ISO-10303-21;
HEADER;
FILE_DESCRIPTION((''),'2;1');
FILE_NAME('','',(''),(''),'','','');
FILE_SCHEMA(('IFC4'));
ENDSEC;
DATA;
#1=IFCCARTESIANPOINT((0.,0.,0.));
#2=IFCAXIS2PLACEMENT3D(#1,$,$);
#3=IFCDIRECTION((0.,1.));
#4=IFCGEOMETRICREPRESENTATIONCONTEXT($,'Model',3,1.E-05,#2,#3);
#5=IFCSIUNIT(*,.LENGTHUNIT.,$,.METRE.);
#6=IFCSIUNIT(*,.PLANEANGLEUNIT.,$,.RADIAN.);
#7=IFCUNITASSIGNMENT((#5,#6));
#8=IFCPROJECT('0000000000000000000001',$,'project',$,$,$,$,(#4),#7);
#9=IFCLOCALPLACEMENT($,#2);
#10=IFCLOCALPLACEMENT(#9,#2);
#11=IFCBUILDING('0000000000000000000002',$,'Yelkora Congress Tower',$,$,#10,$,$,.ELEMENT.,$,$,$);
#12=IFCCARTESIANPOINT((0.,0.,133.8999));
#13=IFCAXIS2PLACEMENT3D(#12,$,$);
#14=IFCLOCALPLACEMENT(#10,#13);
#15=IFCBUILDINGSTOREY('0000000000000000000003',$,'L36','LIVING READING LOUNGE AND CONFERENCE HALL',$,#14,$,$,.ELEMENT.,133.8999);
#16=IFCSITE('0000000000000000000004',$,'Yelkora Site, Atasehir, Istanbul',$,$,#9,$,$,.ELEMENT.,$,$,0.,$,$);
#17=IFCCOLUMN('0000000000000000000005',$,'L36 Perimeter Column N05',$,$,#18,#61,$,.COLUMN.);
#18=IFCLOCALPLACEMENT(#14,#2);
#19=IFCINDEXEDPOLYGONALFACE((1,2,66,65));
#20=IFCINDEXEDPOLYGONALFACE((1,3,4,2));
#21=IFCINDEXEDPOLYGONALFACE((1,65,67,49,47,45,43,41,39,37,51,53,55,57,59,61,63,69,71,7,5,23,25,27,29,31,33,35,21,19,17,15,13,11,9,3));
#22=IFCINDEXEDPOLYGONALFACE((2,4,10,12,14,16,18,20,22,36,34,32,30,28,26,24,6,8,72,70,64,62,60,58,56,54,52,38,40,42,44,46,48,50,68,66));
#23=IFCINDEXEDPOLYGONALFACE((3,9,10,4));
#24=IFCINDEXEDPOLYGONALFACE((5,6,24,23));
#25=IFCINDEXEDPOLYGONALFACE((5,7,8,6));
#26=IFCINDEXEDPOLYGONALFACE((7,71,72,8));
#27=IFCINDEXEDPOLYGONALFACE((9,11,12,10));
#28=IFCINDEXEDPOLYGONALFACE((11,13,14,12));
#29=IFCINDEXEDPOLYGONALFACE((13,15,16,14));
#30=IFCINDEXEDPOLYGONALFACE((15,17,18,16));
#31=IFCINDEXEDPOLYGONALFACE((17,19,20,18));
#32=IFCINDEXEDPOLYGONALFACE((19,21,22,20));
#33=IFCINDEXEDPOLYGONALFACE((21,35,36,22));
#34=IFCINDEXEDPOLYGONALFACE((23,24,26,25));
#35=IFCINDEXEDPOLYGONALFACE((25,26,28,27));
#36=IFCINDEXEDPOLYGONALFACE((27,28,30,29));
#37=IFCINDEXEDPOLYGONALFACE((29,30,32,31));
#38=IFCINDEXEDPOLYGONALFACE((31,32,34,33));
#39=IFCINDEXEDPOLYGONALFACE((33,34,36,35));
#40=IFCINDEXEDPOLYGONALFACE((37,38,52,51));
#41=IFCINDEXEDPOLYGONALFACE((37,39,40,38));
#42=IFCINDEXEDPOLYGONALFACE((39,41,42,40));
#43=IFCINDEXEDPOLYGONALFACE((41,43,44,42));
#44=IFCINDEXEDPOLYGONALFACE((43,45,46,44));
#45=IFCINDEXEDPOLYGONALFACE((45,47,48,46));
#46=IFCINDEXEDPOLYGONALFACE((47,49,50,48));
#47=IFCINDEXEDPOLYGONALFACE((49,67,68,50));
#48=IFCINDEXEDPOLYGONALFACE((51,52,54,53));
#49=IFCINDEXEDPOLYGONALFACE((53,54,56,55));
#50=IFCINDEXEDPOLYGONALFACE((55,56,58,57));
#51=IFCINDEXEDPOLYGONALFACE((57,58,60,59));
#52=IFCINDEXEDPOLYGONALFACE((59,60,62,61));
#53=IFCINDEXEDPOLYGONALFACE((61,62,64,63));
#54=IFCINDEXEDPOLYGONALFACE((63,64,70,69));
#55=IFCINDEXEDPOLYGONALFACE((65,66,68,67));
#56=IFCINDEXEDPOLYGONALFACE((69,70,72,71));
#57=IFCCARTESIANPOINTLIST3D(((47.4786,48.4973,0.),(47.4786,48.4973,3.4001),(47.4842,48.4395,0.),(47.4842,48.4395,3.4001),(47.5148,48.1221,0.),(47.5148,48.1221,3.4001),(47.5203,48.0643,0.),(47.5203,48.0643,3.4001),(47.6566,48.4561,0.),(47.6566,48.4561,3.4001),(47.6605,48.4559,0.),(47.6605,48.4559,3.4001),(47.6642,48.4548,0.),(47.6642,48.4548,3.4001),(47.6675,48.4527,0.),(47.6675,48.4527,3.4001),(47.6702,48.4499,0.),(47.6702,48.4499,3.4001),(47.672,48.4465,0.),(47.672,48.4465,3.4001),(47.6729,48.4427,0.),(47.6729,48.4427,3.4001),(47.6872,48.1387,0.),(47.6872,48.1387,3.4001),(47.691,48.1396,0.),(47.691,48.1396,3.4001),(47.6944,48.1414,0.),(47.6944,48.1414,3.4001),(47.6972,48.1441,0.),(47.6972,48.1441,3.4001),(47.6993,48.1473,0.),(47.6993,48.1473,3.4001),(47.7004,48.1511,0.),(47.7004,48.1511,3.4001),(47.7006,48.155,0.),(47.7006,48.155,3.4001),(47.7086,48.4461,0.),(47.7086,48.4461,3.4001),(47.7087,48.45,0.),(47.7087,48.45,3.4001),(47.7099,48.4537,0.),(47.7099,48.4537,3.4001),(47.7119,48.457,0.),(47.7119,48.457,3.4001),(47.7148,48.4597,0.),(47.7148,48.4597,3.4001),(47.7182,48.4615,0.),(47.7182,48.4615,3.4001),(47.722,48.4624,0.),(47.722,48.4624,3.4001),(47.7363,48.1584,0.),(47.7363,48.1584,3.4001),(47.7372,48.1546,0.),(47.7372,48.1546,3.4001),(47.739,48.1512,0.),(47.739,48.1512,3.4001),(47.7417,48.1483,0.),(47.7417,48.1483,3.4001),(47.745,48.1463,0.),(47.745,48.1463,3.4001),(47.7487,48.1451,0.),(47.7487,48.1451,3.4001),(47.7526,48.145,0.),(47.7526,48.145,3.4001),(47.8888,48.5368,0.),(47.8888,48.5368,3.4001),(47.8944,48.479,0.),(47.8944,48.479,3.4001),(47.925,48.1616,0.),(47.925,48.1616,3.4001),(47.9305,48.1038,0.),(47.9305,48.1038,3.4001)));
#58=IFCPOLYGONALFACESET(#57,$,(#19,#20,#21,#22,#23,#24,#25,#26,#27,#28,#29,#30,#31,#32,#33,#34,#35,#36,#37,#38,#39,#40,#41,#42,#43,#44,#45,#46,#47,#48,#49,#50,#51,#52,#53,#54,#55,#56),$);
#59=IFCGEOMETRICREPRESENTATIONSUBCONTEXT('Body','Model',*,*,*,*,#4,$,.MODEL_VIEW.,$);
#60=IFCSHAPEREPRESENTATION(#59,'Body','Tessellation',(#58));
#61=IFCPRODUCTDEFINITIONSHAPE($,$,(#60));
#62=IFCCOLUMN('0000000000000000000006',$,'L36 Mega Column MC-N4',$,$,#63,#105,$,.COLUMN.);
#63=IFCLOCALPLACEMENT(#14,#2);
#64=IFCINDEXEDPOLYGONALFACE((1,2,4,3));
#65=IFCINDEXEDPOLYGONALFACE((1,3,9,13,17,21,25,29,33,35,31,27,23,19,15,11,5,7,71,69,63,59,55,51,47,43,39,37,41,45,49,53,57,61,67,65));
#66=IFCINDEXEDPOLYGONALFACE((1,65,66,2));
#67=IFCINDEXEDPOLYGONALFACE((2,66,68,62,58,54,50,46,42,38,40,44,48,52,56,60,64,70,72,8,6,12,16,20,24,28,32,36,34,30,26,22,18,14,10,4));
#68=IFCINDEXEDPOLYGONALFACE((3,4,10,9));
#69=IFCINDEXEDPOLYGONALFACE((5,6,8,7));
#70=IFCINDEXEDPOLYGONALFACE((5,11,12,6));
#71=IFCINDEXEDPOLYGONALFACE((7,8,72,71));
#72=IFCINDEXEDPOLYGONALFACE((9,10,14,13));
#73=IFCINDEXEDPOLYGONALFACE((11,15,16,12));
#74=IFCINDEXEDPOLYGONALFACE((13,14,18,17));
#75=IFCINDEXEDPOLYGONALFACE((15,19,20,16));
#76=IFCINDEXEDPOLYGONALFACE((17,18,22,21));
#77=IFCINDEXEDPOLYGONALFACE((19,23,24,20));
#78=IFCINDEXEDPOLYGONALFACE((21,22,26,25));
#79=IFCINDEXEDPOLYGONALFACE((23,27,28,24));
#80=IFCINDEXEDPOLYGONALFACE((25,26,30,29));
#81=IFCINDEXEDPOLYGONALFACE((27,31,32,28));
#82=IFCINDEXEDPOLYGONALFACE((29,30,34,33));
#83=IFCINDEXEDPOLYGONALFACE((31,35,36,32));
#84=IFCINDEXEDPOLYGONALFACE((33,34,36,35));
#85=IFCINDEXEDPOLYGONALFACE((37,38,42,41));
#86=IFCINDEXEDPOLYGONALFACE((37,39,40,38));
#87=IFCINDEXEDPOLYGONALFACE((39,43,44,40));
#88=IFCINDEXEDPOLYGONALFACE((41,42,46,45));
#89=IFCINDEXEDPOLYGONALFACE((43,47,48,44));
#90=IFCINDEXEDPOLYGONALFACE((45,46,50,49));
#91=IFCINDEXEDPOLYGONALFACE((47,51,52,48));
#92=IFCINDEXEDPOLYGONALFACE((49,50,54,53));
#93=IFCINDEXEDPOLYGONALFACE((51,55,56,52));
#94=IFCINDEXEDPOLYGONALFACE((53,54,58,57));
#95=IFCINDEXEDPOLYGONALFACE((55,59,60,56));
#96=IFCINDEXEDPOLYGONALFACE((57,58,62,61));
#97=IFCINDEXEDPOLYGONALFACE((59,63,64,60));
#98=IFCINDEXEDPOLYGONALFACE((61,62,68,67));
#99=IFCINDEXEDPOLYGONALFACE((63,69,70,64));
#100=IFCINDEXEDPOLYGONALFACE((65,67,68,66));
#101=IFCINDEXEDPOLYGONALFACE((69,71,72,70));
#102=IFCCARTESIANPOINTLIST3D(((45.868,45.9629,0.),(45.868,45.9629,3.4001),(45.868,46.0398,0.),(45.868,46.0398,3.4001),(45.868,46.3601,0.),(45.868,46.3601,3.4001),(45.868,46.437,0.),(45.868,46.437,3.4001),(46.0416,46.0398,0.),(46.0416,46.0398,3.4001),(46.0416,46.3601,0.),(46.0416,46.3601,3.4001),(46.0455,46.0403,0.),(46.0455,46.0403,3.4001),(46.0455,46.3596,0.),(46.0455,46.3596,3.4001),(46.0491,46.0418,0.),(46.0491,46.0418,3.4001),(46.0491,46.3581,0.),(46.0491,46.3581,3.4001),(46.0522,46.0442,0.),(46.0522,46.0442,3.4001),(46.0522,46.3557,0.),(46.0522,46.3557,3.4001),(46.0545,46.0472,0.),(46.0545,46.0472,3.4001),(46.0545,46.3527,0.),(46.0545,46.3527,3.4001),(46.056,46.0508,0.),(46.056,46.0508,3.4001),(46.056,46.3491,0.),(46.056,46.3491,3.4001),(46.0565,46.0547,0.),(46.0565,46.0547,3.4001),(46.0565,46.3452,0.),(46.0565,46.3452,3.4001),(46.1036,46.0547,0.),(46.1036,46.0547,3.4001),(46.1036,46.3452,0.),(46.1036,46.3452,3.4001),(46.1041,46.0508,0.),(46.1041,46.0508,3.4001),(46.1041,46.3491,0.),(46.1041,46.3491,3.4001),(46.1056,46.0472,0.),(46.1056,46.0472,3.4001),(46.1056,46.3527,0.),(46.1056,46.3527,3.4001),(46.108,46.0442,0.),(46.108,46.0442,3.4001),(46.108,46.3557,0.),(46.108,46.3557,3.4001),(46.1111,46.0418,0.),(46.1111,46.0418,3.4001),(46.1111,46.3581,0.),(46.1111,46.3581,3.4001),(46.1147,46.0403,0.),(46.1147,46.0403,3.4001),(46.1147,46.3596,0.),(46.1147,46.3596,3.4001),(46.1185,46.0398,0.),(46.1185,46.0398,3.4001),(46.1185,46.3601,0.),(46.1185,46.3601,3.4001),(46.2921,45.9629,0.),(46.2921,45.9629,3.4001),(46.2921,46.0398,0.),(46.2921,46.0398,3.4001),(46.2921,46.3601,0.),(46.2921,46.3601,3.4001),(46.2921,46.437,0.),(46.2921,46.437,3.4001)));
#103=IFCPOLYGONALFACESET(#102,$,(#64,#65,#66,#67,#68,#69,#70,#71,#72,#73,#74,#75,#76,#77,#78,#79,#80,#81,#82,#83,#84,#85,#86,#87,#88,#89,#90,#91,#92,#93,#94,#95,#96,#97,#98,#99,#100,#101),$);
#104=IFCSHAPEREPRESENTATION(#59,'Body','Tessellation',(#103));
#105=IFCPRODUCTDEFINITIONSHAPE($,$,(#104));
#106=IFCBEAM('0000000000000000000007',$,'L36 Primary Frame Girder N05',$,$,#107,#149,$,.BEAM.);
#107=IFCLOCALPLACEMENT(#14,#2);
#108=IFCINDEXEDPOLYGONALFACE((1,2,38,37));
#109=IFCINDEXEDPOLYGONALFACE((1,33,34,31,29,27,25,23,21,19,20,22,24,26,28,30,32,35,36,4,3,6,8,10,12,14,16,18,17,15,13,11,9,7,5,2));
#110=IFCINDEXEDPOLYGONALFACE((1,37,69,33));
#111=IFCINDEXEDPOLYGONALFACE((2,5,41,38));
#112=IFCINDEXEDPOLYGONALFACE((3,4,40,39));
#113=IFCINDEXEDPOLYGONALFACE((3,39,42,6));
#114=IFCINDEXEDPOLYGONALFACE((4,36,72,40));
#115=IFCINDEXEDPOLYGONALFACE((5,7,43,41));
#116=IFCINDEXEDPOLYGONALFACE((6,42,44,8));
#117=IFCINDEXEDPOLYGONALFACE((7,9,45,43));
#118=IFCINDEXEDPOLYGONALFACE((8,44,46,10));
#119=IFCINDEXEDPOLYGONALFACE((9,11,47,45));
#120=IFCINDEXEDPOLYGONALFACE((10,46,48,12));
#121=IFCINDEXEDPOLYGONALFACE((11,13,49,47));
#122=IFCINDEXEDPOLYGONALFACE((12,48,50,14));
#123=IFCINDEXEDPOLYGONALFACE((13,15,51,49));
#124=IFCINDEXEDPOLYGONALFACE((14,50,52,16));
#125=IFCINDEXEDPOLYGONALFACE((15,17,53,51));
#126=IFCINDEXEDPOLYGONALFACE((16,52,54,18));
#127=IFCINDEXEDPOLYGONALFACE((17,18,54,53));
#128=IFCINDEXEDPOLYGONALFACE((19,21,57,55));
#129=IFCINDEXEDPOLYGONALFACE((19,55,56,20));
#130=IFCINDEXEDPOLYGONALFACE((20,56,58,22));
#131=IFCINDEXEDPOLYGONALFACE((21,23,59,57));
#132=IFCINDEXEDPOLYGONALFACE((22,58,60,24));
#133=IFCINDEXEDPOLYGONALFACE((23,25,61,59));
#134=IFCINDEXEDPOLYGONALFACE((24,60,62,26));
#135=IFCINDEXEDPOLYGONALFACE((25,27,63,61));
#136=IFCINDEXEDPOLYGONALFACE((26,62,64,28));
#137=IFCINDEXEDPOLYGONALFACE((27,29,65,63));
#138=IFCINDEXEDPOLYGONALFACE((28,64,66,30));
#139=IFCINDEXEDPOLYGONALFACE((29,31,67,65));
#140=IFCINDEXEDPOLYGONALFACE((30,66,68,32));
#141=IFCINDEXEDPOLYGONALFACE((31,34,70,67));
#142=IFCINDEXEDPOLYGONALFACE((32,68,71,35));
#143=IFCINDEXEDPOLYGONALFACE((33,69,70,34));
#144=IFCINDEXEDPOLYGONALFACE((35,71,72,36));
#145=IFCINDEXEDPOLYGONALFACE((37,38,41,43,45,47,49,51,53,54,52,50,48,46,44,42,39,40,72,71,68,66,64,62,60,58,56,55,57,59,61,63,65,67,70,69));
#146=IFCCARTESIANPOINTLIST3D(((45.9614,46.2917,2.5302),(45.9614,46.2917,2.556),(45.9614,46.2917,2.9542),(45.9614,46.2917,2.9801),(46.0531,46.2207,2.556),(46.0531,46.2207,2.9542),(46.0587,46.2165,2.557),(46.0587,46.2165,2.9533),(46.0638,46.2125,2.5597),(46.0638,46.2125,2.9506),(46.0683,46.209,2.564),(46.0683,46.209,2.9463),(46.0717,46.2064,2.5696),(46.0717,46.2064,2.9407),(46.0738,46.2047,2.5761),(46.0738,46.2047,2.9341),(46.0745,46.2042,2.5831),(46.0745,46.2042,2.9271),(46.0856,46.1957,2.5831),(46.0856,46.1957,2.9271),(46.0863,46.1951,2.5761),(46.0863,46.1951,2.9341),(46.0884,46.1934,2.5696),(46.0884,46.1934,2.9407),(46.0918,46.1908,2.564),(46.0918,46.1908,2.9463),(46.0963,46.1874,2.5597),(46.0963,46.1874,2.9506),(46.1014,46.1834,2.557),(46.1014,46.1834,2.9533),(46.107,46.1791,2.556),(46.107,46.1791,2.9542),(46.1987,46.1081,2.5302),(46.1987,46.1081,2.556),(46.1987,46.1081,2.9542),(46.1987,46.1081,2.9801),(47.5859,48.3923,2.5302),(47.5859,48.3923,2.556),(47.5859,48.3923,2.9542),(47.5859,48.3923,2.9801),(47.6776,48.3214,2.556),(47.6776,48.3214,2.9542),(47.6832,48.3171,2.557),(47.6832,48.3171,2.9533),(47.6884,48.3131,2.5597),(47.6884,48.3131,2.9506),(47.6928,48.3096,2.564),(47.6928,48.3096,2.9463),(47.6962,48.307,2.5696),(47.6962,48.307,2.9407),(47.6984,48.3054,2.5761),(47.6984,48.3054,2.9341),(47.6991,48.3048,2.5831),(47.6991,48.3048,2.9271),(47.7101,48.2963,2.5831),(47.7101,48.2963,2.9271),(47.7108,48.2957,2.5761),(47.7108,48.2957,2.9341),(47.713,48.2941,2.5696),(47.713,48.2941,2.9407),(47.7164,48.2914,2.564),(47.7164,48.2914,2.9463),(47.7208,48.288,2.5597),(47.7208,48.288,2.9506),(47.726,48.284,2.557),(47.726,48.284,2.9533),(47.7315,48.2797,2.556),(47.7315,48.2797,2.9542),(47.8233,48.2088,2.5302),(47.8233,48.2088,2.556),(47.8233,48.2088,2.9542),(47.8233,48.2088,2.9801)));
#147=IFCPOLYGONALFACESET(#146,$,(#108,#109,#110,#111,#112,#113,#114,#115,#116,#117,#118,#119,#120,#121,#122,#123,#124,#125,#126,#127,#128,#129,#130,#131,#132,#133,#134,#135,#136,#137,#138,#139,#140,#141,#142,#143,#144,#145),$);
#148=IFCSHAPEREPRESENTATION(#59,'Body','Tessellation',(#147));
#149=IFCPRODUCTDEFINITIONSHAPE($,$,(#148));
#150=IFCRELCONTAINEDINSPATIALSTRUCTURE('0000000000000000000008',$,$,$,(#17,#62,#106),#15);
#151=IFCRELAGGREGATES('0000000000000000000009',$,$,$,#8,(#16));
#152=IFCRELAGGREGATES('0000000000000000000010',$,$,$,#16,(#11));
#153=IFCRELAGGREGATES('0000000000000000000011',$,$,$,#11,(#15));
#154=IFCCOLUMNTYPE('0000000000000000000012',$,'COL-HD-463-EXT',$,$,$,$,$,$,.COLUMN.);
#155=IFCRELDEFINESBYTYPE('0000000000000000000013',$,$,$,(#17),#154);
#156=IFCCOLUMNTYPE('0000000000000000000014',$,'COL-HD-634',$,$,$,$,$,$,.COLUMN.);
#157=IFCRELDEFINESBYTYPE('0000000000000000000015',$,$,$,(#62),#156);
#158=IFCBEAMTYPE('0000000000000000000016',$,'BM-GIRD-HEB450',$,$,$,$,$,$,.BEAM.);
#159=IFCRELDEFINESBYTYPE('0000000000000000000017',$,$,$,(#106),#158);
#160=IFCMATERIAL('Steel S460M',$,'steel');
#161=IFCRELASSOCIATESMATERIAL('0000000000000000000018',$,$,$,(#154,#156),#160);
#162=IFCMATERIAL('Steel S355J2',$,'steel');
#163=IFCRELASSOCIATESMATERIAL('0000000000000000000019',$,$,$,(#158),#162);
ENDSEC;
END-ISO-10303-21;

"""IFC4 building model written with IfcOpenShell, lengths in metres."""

from ifc_helpers import new_model, si_unit, direction, frame, origin, origin_2d, place, context, subcontext, project, spatial, i_section, extrude, material, material_profile, profile_set, type_object, element, save


model = new_model("IFC4")

# Units and contexts
model_context = context("Model", 3, precision=1e-05, world=origin(), true_north=direction((0.0, 1.0)))
body_context = subcontext(model_context, "Body", "Model", "MODEL_VIEW")
ifc_project = project(units=[si_unit("LENGTHUNIT", "METRE"), si_unit("PLANEANGLEUNIT", "RADIAN")], contexts=[model_context])

# Site, building, storey
site_placement = place(None, origin())
site = spatial("IfcSite", under=ifc_project, at=site_placement, Name="Yelkora Site, Atasehir, Istanbul", CompositionType="ELEMENT", RefElevation=0.0)
building_placement = place(site_placement, origin())
building = spatial("IfcBuilding", under=site, at=building_placement, Name="Yelkora Congress Tower", CompositionType="ELEMENT")
storey_placement = place(building_placement, frame((0.0, 0.0, 133.8999)))
storey = spatial("IfcBuildingStorey", under=building, at=storey_placement, Name="L36", Description="LIVING READING LOUNGE AND CONFERENCE HALL", CompositionType="ELEMENT", Elevation=133.8999)

# Columns
ifc_material_1 = material(Name="Steel S460M", Category="steel")
ifc_material_profile_1 = material_profile(ifc_material_1, i_section(OverallWidth=0.4121, OverallDepth=0.4351, WebThickness=0.0359, FlangeThickness=0.0581, FilletRadius=0.0149, at=origin_2d()), Name="HD 400x463")
ifc_profile_set_1 = profile_set([ifc_material_profile_1], Name="Steel S460M")
column_type_1 = type_object("IfcColumnType", Name="COL-HD-463-EXT", PredefinedType="COLUMN", material=ifc_profile_set_1)
column_1_placement = place(storey_placement, frame((47.7046, 48.3005, 0.0), z_axis=(0.0, 0.0, 1.0), x_axis=(0.995396, 0.095846, 0.0)))
element("IfcColumn", 1, at=column_1_placement, inside=storey, type_object=column_type_1, Name="L36 Perimeter Column N05", PredefinedType="COLUMN", context=body_context, shape_type="SweptSolid", body=[
    extrude(i_section(OverallWidth=0.4121, OverallDepth=0.4351, WebThickness=0.0359, FlangeThickness=0.0581, FilletRadius=0.0149, at=origin_2d()), origin(), (0.0, 0.0, 1.0), 3.4001),
])
ifc_material_profile_2 = material_profile(ifc_material_1, i_section(OverallWidth=0.4241, OverallDepth=0.4741, WebThickness=0.0471, FlangeThickness=0.0769, FilletRadius=0.0149, at=origin_2d()), Name="HD 400x634")
ifc_profile_set_2 = profile_set([ifc_material_profile_2], Name="Steel S460M")
column_type_2 = type_object("IfcColumnType", Name="COL-HD-634", PredefinedType="COLUMN", material=ifc_profile_set_2)
column_2_placement = place(storey_placement, frame((46.0801, 46.2, 0.0), z_axis=(0.0, 0.0, 1.0), x_axis=(1.0, 0.0, 0.0)))
element("IfcColumn", 2, at=column_2_placement, inside=storey, type_object=column_type_2, Name="L36 Mega Column MC-N4", PredefinedType="COLUMN", context=body_context, shape_type="SweptSolid", body=[
    extrude(i_section(OverallWidth=0.4241, OverallDepth=0.4741, WebThickness=0.0471, FlangeThickness=0.0769, FilletRadius=0.0149, at=origin_2d()), origin(), (0.0, 0.0, 1.0), 3.4001),
])

# Beam
ifc_material_2 = material(Name="Steel S355J2", Category="steel")
ifc_material_profile_3 = material_profile(ifc_material_2, i_section(OverallWidth=0.3, OverallDepth=0.45, WebThickness=0.0139, FlangeThickness=0.0259, FilletRadius=0.0271, at=origin_2d()), Name="HEB 450")
ifc_profile_set_3 = profile_set([ifc_material_profile_3], Name="Steel S355J2")
beam_type_1 = type_object("IfcBeamType", Name="BM-GIRD-HEB450", PredefinedType="BEAM", material=ifc_profile_set_3)
beam_1_placement = place(storey_placement, frame((47.7046, 48.3005, 2.7551), z_axis=(-0.611761, -0.791042, 0.0), x_axis=(0.791042, -0.611761, 0.0)))
element("IfcBeam", 3, at=beam_1_placement, inside=storey, type_object=beam_type_1, Name="L36 Primary Frame Girder N05", PredefinedType="BEAM", context=body_context, shape_type="SweptSolid", body=[
    extrude(i_section(OverallWidth=0.3, OverallDepth=0.45, WebThickness=0.0139, FlangeThickness=0.0259, FilletRadius=0.0271, at=origin_2d()), origin(), (0.0, 0.0, 1.0), 2.6555),
])

save(model, "model.ifc")
